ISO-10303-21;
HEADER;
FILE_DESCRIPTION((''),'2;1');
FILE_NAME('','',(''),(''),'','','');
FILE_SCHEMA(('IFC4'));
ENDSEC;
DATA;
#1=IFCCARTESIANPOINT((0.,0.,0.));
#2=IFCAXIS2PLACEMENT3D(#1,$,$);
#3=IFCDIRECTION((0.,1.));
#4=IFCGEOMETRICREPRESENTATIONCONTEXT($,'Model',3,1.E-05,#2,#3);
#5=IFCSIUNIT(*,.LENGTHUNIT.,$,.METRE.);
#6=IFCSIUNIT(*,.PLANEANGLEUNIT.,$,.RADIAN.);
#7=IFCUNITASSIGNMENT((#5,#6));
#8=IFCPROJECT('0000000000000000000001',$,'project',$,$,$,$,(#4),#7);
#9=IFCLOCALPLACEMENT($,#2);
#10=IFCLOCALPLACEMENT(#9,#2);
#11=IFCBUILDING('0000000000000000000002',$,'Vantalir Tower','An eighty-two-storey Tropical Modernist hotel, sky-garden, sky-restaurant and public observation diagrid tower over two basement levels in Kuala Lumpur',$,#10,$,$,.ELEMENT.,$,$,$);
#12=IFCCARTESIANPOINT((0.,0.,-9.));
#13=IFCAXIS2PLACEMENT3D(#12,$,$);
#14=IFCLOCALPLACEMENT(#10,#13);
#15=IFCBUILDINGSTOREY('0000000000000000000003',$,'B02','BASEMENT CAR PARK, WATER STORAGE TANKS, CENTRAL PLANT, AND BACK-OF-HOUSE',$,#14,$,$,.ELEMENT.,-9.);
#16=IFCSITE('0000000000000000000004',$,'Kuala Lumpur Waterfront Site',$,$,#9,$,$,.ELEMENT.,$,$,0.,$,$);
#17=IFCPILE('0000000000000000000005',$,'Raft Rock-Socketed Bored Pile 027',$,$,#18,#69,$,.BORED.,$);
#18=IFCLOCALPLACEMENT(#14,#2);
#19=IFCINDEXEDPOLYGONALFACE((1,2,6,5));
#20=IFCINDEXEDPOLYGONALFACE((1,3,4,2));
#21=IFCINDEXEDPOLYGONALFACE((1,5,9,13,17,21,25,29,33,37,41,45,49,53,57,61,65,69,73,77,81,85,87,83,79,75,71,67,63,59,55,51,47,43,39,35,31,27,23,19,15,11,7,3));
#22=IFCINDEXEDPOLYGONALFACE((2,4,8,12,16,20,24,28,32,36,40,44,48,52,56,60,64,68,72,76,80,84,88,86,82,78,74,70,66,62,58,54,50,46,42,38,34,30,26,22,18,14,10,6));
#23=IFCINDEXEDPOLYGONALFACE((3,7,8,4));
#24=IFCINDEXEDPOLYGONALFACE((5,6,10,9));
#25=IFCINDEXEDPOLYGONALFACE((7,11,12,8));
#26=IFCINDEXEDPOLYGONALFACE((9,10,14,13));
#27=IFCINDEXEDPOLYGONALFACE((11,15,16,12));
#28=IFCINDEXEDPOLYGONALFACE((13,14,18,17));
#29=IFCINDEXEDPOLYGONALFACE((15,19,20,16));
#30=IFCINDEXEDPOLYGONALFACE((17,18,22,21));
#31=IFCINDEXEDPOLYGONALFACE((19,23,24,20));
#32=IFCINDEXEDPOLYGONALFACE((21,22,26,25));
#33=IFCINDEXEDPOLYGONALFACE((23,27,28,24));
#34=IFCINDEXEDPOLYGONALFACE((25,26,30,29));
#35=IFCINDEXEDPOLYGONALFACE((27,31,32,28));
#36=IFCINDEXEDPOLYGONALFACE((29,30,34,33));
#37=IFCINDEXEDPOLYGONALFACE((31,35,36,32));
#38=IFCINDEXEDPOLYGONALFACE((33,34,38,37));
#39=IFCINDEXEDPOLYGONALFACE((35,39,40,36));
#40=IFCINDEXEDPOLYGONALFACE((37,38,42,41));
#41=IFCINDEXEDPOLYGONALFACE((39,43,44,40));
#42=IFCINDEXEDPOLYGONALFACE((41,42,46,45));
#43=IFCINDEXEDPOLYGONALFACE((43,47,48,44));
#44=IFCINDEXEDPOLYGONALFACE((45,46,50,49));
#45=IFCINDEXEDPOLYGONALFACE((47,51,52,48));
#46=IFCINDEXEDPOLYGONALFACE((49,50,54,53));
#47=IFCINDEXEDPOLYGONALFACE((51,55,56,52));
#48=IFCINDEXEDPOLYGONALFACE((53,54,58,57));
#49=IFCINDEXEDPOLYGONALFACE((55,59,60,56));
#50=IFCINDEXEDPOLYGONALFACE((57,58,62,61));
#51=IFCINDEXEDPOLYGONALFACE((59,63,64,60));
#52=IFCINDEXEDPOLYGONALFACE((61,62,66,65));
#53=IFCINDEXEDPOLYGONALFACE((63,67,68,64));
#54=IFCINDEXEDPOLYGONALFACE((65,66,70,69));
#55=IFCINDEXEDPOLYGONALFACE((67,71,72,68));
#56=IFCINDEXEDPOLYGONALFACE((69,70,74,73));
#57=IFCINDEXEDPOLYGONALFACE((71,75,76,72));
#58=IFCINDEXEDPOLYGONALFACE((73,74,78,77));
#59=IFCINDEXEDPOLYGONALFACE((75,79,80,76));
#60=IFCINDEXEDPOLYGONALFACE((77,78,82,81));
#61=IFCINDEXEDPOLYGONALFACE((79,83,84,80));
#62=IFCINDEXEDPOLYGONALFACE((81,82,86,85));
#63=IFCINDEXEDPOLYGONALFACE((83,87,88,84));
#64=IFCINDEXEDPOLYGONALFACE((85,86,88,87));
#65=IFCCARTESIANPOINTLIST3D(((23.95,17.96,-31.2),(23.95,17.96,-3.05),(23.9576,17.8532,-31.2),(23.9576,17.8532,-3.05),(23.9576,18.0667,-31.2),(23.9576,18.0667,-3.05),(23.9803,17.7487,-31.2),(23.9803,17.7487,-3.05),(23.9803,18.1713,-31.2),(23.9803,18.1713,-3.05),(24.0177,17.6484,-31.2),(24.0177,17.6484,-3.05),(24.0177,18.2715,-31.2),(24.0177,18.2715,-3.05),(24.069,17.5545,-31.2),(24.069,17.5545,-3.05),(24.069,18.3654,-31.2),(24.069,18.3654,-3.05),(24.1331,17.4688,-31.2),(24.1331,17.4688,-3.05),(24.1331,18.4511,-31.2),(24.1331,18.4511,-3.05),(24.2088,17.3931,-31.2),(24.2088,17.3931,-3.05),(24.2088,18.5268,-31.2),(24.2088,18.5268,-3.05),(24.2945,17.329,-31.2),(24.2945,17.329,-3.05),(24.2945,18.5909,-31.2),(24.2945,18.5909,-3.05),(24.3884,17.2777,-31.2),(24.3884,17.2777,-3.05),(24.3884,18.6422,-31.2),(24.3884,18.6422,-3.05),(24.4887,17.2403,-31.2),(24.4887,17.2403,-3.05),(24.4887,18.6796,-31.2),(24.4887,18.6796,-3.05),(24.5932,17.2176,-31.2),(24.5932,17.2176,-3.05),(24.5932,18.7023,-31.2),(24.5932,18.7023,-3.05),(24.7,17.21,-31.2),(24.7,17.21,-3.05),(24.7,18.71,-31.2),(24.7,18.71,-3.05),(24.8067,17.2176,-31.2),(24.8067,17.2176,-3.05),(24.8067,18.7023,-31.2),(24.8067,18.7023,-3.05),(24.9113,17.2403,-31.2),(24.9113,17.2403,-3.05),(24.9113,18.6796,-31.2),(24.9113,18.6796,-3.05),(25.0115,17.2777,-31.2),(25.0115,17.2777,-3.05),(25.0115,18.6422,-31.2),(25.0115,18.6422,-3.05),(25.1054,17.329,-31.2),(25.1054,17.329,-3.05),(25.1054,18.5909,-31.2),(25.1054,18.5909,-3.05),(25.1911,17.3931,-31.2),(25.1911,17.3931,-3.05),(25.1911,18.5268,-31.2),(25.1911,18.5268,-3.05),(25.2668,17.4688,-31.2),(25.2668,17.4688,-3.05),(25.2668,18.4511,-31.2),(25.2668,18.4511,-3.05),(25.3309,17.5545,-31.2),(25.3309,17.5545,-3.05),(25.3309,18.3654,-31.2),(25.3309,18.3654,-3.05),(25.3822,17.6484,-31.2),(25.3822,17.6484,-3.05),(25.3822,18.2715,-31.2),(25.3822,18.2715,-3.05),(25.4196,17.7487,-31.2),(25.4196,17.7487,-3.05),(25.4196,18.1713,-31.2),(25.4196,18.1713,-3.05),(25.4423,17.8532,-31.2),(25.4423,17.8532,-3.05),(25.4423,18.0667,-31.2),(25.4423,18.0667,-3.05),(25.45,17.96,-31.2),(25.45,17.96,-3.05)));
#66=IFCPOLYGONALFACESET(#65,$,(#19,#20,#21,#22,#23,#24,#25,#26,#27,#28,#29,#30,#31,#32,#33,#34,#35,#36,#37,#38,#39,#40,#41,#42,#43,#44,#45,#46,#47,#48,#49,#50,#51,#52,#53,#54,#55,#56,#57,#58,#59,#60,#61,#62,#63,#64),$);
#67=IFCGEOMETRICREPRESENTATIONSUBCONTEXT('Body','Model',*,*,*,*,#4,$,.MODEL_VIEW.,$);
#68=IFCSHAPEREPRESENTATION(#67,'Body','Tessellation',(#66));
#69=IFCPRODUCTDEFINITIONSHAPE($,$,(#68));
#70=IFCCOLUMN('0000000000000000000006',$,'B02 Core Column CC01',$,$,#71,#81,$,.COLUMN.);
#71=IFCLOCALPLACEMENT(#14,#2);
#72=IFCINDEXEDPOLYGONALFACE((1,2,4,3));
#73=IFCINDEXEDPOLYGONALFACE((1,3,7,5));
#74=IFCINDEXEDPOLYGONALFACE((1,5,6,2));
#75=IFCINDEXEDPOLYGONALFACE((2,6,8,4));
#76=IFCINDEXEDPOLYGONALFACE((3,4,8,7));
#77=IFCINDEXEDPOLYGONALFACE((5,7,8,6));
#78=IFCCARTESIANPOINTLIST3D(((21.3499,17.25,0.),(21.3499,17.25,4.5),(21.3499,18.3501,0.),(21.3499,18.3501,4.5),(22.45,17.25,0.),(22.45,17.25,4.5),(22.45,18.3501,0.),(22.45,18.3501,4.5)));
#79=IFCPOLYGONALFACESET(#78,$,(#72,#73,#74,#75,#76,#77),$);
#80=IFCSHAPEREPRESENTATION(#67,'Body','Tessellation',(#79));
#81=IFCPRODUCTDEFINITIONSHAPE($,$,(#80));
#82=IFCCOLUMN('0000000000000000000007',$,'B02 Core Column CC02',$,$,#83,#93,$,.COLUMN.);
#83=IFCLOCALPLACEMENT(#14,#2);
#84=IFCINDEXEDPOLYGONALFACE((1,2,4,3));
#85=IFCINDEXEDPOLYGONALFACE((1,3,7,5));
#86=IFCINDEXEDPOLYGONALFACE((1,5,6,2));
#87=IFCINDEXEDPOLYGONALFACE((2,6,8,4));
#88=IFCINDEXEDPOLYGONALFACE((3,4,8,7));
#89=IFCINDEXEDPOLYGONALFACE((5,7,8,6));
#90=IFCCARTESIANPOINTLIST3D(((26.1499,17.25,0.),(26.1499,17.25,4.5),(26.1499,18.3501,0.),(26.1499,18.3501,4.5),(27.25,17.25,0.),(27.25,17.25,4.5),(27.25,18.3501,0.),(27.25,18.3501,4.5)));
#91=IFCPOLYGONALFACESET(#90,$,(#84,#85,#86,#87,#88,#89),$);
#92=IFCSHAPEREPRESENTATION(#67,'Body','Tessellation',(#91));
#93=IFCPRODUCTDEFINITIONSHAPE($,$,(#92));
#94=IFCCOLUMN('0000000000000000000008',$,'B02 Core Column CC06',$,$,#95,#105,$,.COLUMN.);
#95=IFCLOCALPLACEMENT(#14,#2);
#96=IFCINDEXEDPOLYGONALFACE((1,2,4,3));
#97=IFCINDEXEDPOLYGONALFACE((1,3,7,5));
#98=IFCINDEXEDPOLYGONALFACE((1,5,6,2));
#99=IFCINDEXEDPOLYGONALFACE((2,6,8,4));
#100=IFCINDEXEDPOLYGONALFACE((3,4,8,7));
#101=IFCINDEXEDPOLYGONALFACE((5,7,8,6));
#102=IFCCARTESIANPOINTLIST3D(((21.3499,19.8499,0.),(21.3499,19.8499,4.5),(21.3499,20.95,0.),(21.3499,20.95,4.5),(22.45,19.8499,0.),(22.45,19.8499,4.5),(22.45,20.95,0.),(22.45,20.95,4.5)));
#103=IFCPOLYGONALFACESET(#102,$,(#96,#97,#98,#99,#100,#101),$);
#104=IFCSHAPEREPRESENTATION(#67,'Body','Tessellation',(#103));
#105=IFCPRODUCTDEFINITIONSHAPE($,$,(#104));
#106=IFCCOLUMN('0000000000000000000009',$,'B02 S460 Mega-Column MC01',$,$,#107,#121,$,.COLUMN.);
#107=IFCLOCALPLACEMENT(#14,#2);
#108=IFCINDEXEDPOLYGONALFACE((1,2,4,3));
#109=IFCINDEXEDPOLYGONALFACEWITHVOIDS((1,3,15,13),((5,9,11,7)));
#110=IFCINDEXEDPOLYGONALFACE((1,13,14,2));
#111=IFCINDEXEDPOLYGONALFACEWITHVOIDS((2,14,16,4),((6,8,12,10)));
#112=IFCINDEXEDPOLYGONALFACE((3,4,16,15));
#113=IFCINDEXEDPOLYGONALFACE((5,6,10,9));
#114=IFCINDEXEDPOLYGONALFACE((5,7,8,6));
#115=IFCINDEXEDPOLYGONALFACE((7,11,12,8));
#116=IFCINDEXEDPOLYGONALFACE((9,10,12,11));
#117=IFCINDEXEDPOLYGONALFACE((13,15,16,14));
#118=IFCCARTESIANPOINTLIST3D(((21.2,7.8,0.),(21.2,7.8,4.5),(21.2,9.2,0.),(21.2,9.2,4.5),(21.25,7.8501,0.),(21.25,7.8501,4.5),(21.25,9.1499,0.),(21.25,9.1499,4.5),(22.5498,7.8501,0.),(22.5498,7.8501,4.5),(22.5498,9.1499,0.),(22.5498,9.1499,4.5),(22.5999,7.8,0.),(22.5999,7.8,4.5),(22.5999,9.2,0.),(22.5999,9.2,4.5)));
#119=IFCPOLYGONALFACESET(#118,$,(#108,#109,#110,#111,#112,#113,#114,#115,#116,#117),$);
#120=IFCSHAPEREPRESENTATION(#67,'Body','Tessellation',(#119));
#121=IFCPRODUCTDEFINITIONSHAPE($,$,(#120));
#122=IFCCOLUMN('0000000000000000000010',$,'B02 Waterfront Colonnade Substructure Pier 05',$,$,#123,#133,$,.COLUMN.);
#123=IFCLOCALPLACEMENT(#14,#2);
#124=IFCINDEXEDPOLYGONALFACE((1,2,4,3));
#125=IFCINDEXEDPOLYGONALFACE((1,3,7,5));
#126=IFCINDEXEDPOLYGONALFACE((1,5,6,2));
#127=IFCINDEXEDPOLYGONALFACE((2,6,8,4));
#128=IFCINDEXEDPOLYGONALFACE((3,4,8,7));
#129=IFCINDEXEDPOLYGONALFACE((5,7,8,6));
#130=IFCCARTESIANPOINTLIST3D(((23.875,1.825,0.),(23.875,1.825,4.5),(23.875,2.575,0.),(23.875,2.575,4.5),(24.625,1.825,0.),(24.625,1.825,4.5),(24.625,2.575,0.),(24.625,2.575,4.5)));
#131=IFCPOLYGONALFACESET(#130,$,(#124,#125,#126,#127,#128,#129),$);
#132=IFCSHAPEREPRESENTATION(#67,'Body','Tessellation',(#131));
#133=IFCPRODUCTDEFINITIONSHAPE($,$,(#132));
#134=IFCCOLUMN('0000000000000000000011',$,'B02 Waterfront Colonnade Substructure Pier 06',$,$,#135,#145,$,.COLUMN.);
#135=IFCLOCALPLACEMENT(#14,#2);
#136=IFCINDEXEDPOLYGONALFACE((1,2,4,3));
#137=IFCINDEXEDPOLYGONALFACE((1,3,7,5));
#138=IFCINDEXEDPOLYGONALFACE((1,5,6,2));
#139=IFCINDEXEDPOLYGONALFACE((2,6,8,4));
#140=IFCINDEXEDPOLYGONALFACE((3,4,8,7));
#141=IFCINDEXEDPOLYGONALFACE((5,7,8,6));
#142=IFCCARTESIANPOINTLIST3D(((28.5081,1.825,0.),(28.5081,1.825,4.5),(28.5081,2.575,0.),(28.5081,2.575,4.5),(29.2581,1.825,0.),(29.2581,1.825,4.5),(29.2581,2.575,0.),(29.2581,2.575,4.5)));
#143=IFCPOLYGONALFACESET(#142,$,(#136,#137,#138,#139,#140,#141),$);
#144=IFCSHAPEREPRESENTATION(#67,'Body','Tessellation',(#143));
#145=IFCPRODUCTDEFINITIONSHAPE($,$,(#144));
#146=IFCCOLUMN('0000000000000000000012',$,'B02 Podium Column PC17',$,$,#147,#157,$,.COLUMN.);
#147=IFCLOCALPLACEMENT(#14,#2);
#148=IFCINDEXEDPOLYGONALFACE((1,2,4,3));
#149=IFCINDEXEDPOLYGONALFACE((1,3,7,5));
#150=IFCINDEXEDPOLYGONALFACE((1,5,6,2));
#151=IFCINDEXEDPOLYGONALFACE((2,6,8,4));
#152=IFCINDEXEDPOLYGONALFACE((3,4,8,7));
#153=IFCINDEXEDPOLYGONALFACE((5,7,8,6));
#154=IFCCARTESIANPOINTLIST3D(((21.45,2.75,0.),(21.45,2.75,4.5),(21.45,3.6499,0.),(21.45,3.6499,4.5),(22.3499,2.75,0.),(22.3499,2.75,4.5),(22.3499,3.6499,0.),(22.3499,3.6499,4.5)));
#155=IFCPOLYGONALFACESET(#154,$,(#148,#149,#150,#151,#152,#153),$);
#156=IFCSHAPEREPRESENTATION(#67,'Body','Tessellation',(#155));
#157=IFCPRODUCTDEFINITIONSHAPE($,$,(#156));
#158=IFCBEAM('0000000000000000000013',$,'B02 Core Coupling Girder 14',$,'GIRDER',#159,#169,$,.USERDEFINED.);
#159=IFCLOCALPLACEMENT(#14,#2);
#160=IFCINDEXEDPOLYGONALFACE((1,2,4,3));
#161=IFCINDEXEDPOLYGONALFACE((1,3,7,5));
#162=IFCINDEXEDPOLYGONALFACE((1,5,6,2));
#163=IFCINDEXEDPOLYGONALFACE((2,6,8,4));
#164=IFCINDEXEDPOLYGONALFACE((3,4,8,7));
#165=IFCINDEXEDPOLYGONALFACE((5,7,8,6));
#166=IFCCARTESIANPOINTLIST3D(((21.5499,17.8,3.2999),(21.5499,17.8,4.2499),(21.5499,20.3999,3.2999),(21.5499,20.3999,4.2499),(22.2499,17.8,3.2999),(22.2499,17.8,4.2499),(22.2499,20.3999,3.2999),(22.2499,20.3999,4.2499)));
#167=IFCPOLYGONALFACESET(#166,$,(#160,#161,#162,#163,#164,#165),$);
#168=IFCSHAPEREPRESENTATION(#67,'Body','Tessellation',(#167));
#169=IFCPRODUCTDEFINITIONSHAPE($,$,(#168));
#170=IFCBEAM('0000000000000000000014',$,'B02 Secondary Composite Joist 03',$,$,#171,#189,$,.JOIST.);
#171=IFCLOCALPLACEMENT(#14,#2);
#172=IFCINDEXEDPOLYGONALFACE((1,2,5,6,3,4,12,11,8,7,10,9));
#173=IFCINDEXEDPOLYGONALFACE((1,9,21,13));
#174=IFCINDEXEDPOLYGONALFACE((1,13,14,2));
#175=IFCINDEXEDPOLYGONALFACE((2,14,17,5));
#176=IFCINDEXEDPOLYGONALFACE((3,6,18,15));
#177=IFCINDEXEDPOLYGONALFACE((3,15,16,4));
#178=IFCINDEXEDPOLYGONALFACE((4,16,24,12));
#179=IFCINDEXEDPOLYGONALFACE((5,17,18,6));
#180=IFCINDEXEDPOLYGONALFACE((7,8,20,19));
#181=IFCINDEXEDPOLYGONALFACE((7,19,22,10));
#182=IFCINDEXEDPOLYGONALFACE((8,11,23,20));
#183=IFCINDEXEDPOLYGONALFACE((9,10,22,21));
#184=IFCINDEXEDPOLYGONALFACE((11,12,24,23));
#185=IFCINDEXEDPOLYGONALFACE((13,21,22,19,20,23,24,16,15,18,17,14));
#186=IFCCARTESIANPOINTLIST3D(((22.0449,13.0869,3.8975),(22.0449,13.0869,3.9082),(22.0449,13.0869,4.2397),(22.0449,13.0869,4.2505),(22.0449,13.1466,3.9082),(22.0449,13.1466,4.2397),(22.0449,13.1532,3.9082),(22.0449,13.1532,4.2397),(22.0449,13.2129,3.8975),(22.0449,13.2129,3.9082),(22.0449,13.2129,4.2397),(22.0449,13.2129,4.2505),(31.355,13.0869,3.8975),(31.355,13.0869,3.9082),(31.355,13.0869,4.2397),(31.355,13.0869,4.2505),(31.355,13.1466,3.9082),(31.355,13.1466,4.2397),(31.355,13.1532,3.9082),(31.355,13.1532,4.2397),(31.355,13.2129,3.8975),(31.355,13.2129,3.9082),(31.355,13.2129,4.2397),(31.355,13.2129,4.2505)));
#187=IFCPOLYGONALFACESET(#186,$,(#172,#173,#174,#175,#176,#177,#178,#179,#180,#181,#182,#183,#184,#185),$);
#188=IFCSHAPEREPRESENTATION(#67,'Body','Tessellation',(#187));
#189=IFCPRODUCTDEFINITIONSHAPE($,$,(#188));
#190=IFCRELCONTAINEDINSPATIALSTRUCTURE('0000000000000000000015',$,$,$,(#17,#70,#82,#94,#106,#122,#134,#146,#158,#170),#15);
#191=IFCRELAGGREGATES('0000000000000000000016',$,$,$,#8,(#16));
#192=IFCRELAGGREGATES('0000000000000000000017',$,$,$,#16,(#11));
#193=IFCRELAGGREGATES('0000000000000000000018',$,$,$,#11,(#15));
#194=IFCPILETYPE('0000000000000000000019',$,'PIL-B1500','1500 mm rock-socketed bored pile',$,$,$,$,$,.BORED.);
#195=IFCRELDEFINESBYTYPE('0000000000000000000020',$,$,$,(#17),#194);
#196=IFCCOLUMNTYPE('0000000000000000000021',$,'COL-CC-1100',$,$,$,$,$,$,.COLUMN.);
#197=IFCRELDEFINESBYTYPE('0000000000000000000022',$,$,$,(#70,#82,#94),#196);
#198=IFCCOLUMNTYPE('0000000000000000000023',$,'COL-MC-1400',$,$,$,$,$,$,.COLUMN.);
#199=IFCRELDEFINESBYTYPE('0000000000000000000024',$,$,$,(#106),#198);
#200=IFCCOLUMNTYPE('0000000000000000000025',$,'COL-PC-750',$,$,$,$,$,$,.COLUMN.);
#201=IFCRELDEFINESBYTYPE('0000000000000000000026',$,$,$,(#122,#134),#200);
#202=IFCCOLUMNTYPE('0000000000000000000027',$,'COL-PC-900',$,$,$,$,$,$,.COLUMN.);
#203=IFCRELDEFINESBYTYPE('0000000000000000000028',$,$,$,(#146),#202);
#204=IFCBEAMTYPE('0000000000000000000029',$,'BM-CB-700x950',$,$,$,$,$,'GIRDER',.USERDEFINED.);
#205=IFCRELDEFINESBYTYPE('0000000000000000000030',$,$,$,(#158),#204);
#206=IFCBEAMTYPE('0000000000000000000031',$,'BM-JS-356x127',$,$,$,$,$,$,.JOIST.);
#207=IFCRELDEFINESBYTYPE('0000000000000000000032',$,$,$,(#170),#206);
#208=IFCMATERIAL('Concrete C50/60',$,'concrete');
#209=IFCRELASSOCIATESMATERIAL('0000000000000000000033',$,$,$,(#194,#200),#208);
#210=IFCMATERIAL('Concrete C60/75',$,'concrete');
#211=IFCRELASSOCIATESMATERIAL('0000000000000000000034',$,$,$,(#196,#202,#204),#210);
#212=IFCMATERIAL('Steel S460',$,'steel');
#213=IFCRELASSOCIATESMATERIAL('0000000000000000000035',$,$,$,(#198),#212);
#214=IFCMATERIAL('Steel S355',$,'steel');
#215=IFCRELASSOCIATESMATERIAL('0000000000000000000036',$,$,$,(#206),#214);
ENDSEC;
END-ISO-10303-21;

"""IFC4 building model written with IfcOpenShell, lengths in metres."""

from ifc_helpers import new_model, si_unit, direction, frame, origin, origin_2d, place, context, subcontext, project, spatial, rectangle, hollow_rectangle, circle, i_section, extrude, material, material_profile, profile_set, type_object, element, save


model = new_model("IFC4")

# Units and contexts
model_context = context("Model", 3, precision=1e-05, world=origin(), true_north=direction((0.0, 1.0)))
body_context = subcontext(model_context, "Body", "Model", "MODEL_VIEW")
ifc_project = project(units=[si_unit("LENGTHUNIT", "METRE"), si_unit("PLANEANGLEUNIT", "RADIAN")], contexts=[model_context])

# Site, building, storey
site_placement = place(None, origin())
site = spatial("IfcSite", under=ifc_project, at=site_placement, Name="Kuala Lumpur Waterfront Site", CompositionType="ELEMENT", RefElevation=0.0)
building_placement = place(site_placement, origin())
building = spatial("IfcBuilding", under=site, at=building_placement, Name="Vantalir Tower", Description="An eighty-two-storey Tropical Modernist hotel, sky-garden, sky-restaurant and public observation diagrid tower over two basement levels in Kuala Lumpur", CompositionType="ELEMENT")
storey_placement = place(building_placement, frame((0.0, 0.0, -9.0)))
storey = spatial("IfcBuildingStorey", under=building, at=storey_placement, Name="B02", Description="BASEMENT CAR PARK, WATER STORAGE TANKS, CENTRAL PLANT, AND BACK-OF-HOUSE", CompositionType="ELEMENT", Elevation=-9.0)

# Shared definitions
ifc_material_1 = material(Name="Concrete C50/60", Category="concrete")

# Pile
ifc_material_profile_1 = material_profile(ifc_material_1, circle(Radius=0.75, at=origin_2d()), Name="Concrete C50/60")
ifc_profile_set_1 = profile_set([ifc_material_profile_1], Name="Concrete C50/60")
pile_type_1 = type_object("IfcPileType", Name="PIL-B1500", Description="1500 mm rock-socketed bored pile", PredefinedType="BORED", material=ifc_profile_set_1)
pile_placement = place(storey_placement, frame((24.7, 17.96, -3.05), z_axis=(0.0, 0.0, -1.0), x_axis=(1.0, 0.0, 0.0)))
element("IfcPile", 1, at=pile_placement, inside=storey, type_object=pile_type_1, Name="Raft Rock-Socketed Bored Pile 027", PredefinedType="BORED", context=body_context, shape_type="SweptSolid", body=[
    extrude(circle(Radius=0.75, at=origin_2d()), origin(), (0.0, 0.0, 1.0), 28.1499),
])

# Columns
ifc_material_2 = material(Name="Concrete C60/75", Category="concrete")
ifc_material_profile_2 = material_profile(ifc_material_2, rectangle(XDim=1.1001, YDim=1.1001, at=origin_2d()), Name="Concrete C60/75")
ifc_profile_set_2 = profile_set([ifc_material_profile_2], Name="Concrete C60/75")
column_type_1 = type_object("IfcColumnType", Name="COL-CC-1100", PredefinedType="COLUMN", material=ifc_profile_set_2)
for number, where, z_axis, x_axis, name in (
    (2, (21.8999, 17.8, 0.0), (0.0, 0.0, 1.0), (1.0, 0.0, 0.0), "B02 Core Column CC01"),
    (3, (26.7, 17.8, 0.0), (0.0, 0.0, 1.0), (1.0, 0.0, 0.0), "B02 Core Column CC02"),
    (4, (21.8999, 20.3999, 0.0), (0.0, 0.0, 1.0), (1.0, 0.0, 0.0), "B02 Core Column CC06"),
):
    element("IfcColumn", number, at=place(storey_placement, frame(where, z_axis=z_axis, x_axis=x_axis)), inside=storey, type_object=column_type_1, Name=name, PredefinedType="COLUMN", context=body_context, shape_type="SweptSolid", body=[
        extrude(rectangle(XDim=1.1001, YDim=1.1001, at=origin_2d()), origin(), (0.0, 0.0, 1.0), 4.5),
    ])
ifc_material_3 = material(Name="Steel S460", Category="steel")
ifc_material_profile_3 = material_profile(ifc_material_3, hollow_rectangle(XDim=1.3999, YDim=1.3999, WallThickness=0.05, at=origin_2d()), Name="Steel S460")
ifc_profile_set_3 = profile_set([ifc_material_profile_3], Name="Steel S460")
column_type_2 = type_object("IfcColumnType", Name="COL-MC-1400", PredefinedType="COLUMN", material=ifc_profile_set_3)
column_1_placement = place(storey_placement, frame((21.8999, 8.5, 0.0), z_axis=(0.0, 0.0, 1.0), x_axis=(1.0, 0.0, 0.0)))
element("IfcColumn", 5, at=column_1_placement, inside=storey, type_object=column_type_2, Name="B02 S460 Mega-Column MC01", PredefinedType="COLUMN", context=body_context, shape_type="SweptSolid", body=[
    extrude(hollow_rectangle(XDim=1.3999, YDim=1.3999, WallThickness=0.05, at=origin_2d()), origin(), (0.0, 0.0, 1.0), 4.5),
])
ifc_material_profile_4 = material_profile(ifc_material_1, rectangle(XDim=0.75, YDim=0.75, at=origin_2d()), Name="Concrete C50/60")
ifc_profile_set_4 = profile_set([ifc_material_profile_4], Name="Concrete C50/60")
column_type_3 = type_object("IfcColumnType", Name="COL-PC-750", PredefinedType="COLUMN", material=ifc_profile_set_4)
for number, where, z_axis, x_axis, name in (
    (6, (24.25, 2.2, 0.0), (0.0, 0.0, 1.0), (1.0, 0.0, 0.0), "B02 Waterfront Colonnade Substructure Pier 05"),
    (7, (28.8831, 2.2, 0.0), (0.0, 0.0, 1.0), (1.0, 0.0, 0.0), "B02 Waterfront Colonnade Substructure Pier 06"),
):
    element("IfcColumn", number, at=place(storey_placement, frame(where, z_axis=z_axis, x_axis=x_axis)), inside=storey, type_object=column_type_3, Name=name, PredefinedType="COLUMN", context=body_context, shape_type="SweptSolid", body=[
        extrude(rectangle(XDim=0.75, YDim=0.75, at=origin_2d()), origin(), (0.0, 0.0, 1.0), 4.5),
    ])
ifc_material_profile_5 = material_profile(ifc_material_2, rectangle(XDim=0.8999, YDim=0.8999, at=origin_2d()), Name="Concrete C60/75")
ifc_profile_set_5 = profile_set([ifc_material_profile_5], Name="Concrete C60/75")
column_type_4 = type_object("IfcColumnType", Name="COL-PC-900", PredefinedType="COLUMN", material=ifc_profile_set_5)
column_2_placement = place(storey_placement, frame((21.8999, 3.2, 0.0), z_axis=(0.0, 0.0, 1.0), x_axis=(1.0, 0.0, 0.0)))
element("IfcColumn", 8, at=column_2_placement, inside=storey, type_object=column_type_4, Name="B02 Podium Column PC17", PredefinedType="COLUMN", context=body_context, shape_type="SweptSolid", body=[
    extrude(rectangle(XDim=0.8999, YDim=0.8999, at=origin_2d()), origin(), (0.0, 0.0, 1.0), 4.5),
])

# Beams
ifc_material_profile_6 = material_profile(ifc_material_2, rectangle(XDim=0.7, YDim=0.95, at=origin_2d()), Name="Concrete C60/75")
ifc_profile_set_6 = profile_set([ifc_material_profile_6], Name="Concrete C60/75")
beam_type_1 = type_object("IfcBeamType", Name="BM-CB-700x950", ElementType="GIRDER", PredefinedType="USERDEFINED", material=ifc_profile_set_6)
beam_1_placement = place(storey_placement, frame((21.8999, 20.3999, 3.7749), z_axis=(0.0, -1.0, 0.0), x_axis=(1.0, 0.0, 0.0)))
element("IfcBeam", 9, at=beam_1_placement, inside=storey, type_object=beam_type_1, Name="B02 Core Coupling Girder 14", ObjectType="GIRDER", PredefinedType="USERDEFINED", context=body_context, shape_type="SweptSolid", body=[
    extrude(rectangle(XDim=0.7, YDim=0.95, at=origin_2d()), origin(), (0.0, 0.0, 1.0), 2.5999),
])
ifc_material_4 = material(Name="Steel S355", Category="steel")
ifc_material_profile_7 = material_profile(ifc_material_4, i_section(OverallWidth=0.126, OverallDepth=0.353, WebThickness=0.0066, FlangeThickness=0.0107, at=origin_2d()), Name="Steel S355")
ifc_profile_set_7 = profile_set([ifc_material_profile_7], Name="Steel S355")
beam_type_2 = type_object("IfcBeamType", Name="BM-JS-356x127", PredefinedType="JOIST", material=ifc_profile_set_7)
beam_2_placement = place(storey_placement, frame((22.0449, 13.1499, 4.074), z_axis=(1.0, 0.0, 0.0), x_axis=(0.0, 1.0, 0.0)))
element("IfcBeam", 10, at=beam_2_placement, inside=storey, type_object=beam_type_2, Name="B02 Secondary Composite Joist 03", PredefinedType="JOIST", context=body_context, shape_type="SweptSolid", body=[
    extrude(i_section(OverallWidth=0.126, OverallDepth=0.353, WebThickness=0.0066, FlangeThickness=0.0107, at=origin_2d()), origin(), (0.0, 0.0, 1.0), 9.3101),
])

save(model, "model.ifc")
